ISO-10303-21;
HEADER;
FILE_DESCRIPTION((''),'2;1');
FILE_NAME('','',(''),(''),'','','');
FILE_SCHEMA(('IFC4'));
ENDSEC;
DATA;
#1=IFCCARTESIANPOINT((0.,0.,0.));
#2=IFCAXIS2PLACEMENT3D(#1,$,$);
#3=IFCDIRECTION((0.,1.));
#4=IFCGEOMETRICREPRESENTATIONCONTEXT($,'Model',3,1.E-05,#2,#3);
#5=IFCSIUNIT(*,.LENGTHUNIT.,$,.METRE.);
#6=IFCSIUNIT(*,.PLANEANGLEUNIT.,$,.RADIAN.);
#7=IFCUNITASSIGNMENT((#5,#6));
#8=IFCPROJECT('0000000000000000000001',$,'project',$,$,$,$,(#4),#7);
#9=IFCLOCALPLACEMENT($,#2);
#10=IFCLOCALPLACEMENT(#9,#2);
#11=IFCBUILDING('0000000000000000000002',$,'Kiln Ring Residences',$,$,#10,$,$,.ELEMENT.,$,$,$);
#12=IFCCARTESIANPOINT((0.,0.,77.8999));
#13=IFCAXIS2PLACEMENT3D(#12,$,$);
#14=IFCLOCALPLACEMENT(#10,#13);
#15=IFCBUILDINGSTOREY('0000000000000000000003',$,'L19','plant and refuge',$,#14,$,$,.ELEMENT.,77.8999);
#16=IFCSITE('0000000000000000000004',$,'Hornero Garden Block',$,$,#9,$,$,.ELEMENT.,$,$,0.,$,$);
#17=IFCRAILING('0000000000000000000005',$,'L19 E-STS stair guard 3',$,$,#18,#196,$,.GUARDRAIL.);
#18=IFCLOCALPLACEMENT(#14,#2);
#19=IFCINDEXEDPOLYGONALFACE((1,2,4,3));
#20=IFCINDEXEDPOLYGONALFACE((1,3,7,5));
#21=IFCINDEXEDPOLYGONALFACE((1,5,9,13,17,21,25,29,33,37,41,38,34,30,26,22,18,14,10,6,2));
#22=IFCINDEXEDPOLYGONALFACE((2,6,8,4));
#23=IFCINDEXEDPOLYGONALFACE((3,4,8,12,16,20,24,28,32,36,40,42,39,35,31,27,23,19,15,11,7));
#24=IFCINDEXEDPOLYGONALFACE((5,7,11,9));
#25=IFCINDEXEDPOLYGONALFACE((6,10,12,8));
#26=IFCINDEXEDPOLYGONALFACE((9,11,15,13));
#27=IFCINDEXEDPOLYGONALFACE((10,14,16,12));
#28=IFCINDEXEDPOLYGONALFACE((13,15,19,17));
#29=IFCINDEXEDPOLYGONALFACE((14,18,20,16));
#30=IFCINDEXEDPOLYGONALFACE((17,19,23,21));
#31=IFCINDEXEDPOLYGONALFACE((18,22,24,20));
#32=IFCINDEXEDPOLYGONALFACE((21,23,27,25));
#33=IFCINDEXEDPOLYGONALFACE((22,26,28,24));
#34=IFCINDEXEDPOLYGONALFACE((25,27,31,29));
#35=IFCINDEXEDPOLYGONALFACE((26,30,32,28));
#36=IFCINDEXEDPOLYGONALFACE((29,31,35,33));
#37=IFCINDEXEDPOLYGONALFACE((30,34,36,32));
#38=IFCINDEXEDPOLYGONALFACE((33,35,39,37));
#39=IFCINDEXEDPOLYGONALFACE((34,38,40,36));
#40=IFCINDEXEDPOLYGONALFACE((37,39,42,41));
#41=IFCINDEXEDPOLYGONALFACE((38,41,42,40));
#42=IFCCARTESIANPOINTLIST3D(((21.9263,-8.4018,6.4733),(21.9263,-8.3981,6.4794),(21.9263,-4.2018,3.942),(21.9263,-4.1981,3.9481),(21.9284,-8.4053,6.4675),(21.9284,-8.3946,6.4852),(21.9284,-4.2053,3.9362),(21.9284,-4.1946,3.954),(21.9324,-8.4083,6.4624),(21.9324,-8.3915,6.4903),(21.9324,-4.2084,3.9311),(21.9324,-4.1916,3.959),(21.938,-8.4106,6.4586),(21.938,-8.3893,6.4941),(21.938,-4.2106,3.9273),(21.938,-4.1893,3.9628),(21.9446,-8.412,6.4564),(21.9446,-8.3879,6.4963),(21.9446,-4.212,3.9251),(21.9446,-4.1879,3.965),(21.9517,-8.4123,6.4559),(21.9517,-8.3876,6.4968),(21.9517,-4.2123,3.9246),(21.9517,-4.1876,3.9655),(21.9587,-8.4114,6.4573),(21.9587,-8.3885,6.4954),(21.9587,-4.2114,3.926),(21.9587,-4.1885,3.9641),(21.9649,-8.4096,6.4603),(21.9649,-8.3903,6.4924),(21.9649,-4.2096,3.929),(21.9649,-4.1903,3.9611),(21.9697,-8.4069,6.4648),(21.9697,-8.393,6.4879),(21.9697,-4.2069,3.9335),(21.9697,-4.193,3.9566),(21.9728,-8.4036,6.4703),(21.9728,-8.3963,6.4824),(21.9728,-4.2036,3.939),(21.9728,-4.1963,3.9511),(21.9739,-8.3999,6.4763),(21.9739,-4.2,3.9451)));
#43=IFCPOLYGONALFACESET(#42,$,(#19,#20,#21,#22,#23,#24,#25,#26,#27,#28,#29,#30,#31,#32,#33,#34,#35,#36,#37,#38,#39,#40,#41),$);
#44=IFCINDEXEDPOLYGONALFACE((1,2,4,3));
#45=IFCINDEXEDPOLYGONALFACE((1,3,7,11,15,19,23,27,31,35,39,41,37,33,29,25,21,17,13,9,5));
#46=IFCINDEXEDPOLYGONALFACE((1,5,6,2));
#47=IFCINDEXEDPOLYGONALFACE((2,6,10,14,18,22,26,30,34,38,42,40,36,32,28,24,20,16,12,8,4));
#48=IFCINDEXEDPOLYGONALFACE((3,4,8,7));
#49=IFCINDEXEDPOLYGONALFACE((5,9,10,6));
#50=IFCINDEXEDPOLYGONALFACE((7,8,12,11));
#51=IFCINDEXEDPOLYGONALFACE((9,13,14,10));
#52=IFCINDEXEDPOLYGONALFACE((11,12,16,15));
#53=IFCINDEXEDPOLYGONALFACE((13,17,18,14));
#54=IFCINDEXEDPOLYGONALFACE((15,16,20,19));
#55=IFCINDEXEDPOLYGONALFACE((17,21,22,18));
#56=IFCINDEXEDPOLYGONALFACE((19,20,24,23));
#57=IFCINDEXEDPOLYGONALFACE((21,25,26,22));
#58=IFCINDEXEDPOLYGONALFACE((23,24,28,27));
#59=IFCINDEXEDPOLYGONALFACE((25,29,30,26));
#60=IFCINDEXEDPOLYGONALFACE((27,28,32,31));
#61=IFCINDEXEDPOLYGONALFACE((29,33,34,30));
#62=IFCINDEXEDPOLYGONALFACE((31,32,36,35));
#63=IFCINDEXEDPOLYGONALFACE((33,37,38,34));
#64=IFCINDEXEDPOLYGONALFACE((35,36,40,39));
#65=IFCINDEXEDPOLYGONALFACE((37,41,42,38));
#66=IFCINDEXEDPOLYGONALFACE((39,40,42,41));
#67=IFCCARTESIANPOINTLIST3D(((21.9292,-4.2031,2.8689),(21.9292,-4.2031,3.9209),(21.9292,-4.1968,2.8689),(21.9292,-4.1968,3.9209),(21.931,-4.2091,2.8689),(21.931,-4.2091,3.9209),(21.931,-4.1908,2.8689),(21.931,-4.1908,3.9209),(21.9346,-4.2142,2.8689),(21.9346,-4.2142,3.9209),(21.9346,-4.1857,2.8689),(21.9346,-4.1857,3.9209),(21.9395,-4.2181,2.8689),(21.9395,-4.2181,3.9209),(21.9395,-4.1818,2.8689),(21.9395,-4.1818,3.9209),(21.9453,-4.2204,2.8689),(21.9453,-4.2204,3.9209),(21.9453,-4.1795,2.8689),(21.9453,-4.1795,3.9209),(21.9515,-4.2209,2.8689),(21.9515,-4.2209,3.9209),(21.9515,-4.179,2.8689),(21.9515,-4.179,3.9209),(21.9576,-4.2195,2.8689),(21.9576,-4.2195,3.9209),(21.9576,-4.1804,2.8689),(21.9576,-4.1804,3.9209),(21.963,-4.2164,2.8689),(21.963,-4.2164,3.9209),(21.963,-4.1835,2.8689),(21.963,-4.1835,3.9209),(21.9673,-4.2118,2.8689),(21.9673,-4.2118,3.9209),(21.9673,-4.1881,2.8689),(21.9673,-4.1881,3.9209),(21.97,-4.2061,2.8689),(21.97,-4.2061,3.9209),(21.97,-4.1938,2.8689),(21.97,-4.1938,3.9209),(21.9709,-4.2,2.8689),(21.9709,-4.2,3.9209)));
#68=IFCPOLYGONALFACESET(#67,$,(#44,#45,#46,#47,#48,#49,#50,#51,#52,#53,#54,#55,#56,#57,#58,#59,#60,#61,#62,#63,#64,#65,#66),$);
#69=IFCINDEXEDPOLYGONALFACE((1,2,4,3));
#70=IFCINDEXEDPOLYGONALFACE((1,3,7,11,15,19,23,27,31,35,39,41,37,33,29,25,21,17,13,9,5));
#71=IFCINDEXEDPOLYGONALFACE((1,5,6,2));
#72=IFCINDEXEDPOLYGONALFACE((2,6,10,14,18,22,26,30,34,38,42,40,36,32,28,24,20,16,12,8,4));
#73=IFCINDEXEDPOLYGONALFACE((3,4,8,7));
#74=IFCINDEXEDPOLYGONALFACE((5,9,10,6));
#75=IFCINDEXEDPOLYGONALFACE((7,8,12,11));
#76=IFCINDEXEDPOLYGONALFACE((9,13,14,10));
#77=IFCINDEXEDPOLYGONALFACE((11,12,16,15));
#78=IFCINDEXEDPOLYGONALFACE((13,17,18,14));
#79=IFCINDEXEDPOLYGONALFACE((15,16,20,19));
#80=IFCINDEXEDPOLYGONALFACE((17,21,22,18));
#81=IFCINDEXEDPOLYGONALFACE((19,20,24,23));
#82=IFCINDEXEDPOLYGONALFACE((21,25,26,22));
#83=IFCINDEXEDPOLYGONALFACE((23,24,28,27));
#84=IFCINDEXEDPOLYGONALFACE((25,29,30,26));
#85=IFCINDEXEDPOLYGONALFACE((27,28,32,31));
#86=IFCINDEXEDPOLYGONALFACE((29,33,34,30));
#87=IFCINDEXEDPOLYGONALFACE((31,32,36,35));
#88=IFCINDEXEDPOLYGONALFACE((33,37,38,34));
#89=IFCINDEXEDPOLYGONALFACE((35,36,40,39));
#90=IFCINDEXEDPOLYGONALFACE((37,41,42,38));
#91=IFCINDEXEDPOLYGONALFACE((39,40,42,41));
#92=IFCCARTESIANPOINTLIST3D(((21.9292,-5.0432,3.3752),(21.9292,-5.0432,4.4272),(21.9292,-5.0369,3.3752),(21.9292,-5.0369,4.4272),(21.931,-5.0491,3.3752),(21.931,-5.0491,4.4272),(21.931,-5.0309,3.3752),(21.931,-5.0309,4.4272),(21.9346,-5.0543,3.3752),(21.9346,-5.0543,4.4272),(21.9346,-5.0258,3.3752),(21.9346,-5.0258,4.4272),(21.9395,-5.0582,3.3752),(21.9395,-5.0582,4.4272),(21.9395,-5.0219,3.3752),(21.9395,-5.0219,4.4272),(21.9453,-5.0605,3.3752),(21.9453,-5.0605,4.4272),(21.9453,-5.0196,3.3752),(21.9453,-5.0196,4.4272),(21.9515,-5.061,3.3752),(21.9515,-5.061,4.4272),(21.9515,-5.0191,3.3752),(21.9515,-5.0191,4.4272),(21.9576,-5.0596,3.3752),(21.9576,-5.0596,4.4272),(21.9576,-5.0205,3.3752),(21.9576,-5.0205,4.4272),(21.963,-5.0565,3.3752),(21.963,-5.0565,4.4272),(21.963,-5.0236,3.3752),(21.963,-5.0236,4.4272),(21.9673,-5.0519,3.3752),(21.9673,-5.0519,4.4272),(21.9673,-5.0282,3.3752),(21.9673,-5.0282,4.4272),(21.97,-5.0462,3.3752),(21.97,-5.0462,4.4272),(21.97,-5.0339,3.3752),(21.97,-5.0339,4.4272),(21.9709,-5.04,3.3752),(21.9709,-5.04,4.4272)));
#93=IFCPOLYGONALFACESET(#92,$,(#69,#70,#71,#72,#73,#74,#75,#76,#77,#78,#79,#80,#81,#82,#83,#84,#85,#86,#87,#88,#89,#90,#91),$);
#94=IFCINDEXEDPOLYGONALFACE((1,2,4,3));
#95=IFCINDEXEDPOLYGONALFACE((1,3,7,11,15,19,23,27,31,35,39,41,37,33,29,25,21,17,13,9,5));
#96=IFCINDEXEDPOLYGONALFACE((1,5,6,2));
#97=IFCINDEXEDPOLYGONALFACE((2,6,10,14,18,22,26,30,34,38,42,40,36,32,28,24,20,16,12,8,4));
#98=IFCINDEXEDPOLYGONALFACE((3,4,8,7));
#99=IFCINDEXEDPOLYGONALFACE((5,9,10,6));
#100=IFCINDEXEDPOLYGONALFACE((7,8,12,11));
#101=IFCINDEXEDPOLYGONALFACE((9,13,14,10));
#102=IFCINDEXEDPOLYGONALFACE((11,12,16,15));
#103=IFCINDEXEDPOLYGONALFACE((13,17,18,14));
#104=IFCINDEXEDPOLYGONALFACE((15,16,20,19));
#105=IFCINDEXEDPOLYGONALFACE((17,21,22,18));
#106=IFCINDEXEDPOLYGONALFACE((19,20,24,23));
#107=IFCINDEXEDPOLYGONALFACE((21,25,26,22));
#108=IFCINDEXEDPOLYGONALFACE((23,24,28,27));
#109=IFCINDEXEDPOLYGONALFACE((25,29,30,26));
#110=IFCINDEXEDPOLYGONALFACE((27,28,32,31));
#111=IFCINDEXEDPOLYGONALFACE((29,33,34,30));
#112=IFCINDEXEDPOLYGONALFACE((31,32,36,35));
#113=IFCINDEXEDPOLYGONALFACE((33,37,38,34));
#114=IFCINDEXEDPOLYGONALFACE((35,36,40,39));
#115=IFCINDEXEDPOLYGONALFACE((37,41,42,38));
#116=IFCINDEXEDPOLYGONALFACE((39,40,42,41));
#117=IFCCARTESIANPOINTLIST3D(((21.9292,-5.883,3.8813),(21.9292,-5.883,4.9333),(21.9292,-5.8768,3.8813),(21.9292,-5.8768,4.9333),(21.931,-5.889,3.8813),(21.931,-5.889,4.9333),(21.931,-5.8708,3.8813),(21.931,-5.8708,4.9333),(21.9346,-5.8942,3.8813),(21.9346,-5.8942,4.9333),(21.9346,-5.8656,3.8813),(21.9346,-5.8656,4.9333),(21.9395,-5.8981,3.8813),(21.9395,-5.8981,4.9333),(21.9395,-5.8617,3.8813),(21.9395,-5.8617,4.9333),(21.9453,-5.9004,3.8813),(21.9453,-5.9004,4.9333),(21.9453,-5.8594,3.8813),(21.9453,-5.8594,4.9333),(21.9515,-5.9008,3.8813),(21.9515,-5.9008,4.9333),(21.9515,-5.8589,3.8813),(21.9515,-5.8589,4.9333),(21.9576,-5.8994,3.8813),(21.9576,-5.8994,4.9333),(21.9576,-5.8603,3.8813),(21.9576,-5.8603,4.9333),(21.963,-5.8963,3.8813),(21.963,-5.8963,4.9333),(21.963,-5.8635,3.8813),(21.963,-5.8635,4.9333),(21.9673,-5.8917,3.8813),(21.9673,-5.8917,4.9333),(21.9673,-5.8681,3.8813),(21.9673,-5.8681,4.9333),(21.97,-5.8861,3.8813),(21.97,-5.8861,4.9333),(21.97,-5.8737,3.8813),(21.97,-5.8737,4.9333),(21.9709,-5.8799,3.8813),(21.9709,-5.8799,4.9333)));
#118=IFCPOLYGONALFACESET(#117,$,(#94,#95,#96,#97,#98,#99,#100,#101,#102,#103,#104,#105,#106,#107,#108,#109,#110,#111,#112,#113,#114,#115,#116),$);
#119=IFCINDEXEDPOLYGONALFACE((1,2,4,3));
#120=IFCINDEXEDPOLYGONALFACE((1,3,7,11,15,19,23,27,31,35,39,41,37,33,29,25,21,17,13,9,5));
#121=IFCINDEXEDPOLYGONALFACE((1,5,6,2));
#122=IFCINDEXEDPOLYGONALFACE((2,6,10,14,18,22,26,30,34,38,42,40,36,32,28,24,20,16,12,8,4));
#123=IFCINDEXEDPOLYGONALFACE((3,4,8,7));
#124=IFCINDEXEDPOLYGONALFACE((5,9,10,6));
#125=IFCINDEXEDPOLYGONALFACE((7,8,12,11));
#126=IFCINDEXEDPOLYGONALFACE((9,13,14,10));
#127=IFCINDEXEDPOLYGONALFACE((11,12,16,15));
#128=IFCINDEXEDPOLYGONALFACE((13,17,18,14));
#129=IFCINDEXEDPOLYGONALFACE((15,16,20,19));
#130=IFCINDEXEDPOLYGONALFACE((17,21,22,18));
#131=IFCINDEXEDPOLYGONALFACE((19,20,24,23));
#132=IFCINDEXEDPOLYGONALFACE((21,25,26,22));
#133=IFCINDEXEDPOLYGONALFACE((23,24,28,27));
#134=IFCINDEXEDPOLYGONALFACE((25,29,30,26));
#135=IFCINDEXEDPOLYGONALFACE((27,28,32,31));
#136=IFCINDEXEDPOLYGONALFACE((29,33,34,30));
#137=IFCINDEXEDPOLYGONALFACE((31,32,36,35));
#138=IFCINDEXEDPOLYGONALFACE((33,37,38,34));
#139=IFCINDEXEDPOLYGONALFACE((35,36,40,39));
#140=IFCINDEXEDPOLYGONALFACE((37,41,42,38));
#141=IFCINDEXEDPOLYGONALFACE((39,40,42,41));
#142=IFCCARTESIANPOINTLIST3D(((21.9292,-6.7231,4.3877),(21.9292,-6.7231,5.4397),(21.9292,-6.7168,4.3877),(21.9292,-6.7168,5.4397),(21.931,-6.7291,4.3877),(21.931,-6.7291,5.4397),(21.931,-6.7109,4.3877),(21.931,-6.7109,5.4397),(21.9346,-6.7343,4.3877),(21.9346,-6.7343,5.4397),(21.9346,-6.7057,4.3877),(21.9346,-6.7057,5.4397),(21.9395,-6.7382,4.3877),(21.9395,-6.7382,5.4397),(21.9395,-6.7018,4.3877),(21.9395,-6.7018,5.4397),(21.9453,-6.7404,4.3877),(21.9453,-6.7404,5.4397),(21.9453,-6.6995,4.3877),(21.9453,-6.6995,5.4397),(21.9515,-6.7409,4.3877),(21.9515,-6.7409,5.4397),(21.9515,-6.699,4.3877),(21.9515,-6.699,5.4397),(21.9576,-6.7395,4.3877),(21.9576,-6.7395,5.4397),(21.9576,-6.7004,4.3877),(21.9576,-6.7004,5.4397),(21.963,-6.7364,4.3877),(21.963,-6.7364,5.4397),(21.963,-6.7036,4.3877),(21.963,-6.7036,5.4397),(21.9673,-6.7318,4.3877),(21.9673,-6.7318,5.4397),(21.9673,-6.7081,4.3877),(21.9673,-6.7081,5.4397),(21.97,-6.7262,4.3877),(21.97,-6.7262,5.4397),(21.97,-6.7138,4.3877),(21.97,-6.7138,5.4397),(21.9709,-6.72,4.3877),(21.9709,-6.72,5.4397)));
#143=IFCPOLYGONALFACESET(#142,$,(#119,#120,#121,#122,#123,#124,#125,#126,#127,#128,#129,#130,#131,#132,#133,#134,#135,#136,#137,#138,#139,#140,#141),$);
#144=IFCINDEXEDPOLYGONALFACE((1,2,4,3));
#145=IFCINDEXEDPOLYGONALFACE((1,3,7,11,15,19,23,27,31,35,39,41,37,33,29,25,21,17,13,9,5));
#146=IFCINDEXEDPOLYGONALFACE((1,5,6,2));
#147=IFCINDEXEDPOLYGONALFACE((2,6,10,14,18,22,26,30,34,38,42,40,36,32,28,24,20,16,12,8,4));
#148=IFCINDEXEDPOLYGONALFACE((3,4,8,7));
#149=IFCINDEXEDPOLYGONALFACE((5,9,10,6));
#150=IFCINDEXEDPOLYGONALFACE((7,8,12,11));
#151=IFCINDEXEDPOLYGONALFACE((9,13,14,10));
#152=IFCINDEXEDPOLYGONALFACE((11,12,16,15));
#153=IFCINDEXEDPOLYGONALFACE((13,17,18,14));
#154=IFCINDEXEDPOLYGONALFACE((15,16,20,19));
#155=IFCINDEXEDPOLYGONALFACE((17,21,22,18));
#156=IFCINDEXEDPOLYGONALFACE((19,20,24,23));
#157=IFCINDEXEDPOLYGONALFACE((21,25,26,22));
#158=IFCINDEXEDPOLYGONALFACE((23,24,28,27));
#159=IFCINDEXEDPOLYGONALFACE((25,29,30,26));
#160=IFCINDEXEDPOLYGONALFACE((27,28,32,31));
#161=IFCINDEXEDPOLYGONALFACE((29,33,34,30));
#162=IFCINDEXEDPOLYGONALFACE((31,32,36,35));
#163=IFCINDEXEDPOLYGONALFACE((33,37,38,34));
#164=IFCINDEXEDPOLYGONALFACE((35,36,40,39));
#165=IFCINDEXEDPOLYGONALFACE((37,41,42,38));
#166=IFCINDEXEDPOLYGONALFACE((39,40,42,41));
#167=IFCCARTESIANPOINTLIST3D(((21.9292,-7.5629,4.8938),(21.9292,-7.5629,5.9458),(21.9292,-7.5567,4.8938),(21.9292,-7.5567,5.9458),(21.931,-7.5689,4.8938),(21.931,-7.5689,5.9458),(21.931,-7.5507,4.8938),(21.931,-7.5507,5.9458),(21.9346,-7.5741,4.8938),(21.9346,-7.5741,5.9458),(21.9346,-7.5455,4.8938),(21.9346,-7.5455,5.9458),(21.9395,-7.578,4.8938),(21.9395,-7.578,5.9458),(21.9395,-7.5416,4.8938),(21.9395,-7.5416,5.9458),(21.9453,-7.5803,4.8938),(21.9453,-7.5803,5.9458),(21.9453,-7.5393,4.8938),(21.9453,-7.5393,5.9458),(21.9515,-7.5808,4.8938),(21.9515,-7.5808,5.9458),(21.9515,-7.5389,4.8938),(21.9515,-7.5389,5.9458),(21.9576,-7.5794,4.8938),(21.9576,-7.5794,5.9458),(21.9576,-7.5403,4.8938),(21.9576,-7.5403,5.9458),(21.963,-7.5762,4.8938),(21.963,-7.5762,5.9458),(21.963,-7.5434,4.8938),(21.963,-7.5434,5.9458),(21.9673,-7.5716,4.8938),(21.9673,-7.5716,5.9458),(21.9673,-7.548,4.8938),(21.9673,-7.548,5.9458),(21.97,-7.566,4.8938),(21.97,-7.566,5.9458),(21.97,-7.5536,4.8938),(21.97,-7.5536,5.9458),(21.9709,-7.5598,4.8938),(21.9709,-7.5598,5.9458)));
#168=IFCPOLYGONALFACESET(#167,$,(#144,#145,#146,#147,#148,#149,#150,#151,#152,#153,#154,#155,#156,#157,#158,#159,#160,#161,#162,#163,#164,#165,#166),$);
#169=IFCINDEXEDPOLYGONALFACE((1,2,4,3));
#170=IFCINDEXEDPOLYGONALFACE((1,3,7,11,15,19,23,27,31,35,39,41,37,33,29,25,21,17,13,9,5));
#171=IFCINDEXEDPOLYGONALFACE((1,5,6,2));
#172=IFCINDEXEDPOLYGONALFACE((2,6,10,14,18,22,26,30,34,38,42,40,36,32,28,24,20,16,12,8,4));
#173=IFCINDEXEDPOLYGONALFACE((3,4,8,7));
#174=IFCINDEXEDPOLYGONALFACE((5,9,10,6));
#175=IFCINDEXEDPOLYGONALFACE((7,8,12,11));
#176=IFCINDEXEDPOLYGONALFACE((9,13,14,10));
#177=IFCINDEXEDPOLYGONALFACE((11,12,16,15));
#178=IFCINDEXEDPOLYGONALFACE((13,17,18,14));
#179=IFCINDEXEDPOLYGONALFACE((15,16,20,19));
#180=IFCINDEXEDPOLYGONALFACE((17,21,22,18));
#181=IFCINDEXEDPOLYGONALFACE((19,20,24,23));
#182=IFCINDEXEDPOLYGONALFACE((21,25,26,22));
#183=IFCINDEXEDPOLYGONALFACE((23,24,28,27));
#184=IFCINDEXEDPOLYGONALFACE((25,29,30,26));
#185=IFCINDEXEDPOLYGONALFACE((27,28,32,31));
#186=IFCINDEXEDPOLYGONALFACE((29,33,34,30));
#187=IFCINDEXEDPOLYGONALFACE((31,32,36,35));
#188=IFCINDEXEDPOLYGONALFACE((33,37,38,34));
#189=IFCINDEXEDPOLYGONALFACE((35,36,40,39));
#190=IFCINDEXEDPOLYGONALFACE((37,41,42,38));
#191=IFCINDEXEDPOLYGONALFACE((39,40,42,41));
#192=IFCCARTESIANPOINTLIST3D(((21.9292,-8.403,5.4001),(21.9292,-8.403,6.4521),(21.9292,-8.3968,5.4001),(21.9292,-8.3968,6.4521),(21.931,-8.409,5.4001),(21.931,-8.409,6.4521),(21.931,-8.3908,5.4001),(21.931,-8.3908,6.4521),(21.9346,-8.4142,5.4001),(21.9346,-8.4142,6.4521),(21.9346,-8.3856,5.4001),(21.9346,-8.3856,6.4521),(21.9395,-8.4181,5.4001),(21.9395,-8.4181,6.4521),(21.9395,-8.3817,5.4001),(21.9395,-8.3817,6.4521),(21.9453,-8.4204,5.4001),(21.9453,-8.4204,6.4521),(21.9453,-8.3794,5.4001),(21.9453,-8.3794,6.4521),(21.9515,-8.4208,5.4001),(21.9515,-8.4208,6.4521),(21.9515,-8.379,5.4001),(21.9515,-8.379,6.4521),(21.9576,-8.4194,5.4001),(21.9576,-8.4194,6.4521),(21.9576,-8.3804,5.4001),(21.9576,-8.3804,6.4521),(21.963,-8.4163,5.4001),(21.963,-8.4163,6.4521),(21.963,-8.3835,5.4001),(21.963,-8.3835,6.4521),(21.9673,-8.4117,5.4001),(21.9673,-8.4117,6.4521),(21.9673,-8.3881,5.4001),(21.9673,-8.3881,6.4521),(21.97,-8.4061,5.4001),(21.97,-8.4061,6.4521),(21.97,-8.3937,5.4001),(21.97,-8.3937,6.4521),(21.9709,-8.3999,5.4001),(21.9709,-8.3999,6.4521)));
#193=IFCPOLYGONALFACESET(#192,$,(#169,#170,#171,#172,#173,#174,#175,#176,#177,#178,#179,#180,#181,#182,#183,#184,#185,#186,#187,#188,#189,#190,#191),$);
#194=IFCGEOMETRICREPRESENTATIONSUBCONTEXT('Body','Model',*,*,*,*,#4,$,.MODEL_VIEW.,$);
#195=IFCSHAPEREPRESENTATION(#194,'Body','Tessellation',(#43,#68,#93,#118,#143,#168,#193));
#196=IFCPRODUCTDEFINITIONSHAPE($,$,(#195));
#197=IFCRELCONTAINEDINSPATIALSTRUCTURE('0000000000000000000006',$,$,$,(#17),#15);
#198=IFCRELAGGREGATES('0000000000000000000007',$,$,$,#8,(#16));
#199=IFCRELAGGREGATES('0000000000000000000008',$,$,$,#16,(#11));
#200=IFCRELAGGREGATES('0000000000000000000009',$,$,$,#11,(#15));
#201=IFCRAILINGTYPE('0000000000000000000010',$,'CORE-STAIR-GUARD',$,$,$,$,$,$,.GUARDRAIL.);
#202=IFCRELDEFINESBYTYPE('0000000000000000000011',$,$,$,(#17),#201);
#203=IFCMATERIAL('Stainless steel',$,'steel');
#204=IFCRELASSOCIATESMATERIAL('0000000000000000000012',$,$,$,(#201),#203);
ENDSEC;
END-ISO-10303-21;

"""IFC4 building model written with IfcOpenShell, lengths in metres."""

from ifc_helpers import new_model, si_unit, direction, frame, origin, origin_2d, place, context, subcontext, project, spatial, circle, extrude, material, type_object, element, save


model = new_model("IFC4")

# Units and contexts
model_context = context("Model", 3, precision=1e-05, world=origin(), true_north=direction((0.0, 1.0)))
body_context = subcontext(model_context, "Body", "Model", "MODEL_VIEW")
ifc_project = project(units=[si_unit("LENGTHUNIT", "METRE"), si_unit("PLANEANGLEUNIT", "RADIAN")], contexts=[model_context])

# Site, building, storey
site_placement = place(None, origin())
site = spatial("IfcSite", under=ifc_project, at=site_placement, Name="Hornero Garden Block", CompositionType="ELEMENT", RefElevation=0.0)
building_placement = place(site_placement, origin())
building = spatial("IfcBuilding", under=site, at=building_placement, Name="Kiln Ring Residences", CompositionType="ELEMENT")
storey_placement = place(building_placement, frame((0.0, 0.0, 77.8999)))
storey = spatial("IfcBuildingStorey", under=building, at=storey_placement, Name="L19", Description="plant and refuge", CompositionType="ELEMENT", Elevation=77.8999)

# Railing
ifc_material_1 = material(Name="Stainless steel", Category="steel")
railing_type_1 = type_object("IfcRailingType", Name="CORE-STAIR-GUARD", PredefinedType="GUARDRAIL", material=ifc_material_1)
railing_1_placement = place(storey_placement, frame((21.95, -4.2, 2.8689)))
element("IfcRailing", 1, at=railing_1_placement, inside=storey, type_object=railing_type_1, Name="L19 E-STS stair guard 3", PredefinedType="GUARDRAIL", context=body_context, shape_type="SweptSolid", body=[
    extrude(circle(Radius=0.0239, at=origin_2d()), frame((0.0, 0.0, 1.0762), z_axis=(0.0, -0.856476, 0.516186), x_axis=(1.0, 0.0, 0.0)), (0.0, 0.0, 1.0), 4.9038),
    extrude(circle(Radius=0.021, at=origin_2d()), origin(), (0.0, 0.0, 1.0), 1.052),
    extrude(circle(Radius=0.021, at=origin_2d()), frame((0.0, -0.8401, 0.5063)), (0.0, 0.0, 1.0), 1.052),
    extrude(circle(Radius=0.021, at=origin_2d()), frame((0.0, -1.6799, 1.0125)), (0.0, 0.0, 1.0), 1.052),
    extrude(circle(Radius=0.021, at=origin_2d()), frame((0.0, -2.52, 1.5188)), (0.0, 0.0, 1.0), 1.052),
    extrude(circle(Radius=0.021, at=origin_2d()), frame((0.0, -3.3599, 2.0249)), (0.0, 0.0, 1.0), 1.052),
    extrude(circle(Radius=0.021, at=origin_2d()), frame((0.0, -4.2, 2.5312)), (0.0, 0.0, 1.0), 1.052),
])

save(model, "model.ifc")
